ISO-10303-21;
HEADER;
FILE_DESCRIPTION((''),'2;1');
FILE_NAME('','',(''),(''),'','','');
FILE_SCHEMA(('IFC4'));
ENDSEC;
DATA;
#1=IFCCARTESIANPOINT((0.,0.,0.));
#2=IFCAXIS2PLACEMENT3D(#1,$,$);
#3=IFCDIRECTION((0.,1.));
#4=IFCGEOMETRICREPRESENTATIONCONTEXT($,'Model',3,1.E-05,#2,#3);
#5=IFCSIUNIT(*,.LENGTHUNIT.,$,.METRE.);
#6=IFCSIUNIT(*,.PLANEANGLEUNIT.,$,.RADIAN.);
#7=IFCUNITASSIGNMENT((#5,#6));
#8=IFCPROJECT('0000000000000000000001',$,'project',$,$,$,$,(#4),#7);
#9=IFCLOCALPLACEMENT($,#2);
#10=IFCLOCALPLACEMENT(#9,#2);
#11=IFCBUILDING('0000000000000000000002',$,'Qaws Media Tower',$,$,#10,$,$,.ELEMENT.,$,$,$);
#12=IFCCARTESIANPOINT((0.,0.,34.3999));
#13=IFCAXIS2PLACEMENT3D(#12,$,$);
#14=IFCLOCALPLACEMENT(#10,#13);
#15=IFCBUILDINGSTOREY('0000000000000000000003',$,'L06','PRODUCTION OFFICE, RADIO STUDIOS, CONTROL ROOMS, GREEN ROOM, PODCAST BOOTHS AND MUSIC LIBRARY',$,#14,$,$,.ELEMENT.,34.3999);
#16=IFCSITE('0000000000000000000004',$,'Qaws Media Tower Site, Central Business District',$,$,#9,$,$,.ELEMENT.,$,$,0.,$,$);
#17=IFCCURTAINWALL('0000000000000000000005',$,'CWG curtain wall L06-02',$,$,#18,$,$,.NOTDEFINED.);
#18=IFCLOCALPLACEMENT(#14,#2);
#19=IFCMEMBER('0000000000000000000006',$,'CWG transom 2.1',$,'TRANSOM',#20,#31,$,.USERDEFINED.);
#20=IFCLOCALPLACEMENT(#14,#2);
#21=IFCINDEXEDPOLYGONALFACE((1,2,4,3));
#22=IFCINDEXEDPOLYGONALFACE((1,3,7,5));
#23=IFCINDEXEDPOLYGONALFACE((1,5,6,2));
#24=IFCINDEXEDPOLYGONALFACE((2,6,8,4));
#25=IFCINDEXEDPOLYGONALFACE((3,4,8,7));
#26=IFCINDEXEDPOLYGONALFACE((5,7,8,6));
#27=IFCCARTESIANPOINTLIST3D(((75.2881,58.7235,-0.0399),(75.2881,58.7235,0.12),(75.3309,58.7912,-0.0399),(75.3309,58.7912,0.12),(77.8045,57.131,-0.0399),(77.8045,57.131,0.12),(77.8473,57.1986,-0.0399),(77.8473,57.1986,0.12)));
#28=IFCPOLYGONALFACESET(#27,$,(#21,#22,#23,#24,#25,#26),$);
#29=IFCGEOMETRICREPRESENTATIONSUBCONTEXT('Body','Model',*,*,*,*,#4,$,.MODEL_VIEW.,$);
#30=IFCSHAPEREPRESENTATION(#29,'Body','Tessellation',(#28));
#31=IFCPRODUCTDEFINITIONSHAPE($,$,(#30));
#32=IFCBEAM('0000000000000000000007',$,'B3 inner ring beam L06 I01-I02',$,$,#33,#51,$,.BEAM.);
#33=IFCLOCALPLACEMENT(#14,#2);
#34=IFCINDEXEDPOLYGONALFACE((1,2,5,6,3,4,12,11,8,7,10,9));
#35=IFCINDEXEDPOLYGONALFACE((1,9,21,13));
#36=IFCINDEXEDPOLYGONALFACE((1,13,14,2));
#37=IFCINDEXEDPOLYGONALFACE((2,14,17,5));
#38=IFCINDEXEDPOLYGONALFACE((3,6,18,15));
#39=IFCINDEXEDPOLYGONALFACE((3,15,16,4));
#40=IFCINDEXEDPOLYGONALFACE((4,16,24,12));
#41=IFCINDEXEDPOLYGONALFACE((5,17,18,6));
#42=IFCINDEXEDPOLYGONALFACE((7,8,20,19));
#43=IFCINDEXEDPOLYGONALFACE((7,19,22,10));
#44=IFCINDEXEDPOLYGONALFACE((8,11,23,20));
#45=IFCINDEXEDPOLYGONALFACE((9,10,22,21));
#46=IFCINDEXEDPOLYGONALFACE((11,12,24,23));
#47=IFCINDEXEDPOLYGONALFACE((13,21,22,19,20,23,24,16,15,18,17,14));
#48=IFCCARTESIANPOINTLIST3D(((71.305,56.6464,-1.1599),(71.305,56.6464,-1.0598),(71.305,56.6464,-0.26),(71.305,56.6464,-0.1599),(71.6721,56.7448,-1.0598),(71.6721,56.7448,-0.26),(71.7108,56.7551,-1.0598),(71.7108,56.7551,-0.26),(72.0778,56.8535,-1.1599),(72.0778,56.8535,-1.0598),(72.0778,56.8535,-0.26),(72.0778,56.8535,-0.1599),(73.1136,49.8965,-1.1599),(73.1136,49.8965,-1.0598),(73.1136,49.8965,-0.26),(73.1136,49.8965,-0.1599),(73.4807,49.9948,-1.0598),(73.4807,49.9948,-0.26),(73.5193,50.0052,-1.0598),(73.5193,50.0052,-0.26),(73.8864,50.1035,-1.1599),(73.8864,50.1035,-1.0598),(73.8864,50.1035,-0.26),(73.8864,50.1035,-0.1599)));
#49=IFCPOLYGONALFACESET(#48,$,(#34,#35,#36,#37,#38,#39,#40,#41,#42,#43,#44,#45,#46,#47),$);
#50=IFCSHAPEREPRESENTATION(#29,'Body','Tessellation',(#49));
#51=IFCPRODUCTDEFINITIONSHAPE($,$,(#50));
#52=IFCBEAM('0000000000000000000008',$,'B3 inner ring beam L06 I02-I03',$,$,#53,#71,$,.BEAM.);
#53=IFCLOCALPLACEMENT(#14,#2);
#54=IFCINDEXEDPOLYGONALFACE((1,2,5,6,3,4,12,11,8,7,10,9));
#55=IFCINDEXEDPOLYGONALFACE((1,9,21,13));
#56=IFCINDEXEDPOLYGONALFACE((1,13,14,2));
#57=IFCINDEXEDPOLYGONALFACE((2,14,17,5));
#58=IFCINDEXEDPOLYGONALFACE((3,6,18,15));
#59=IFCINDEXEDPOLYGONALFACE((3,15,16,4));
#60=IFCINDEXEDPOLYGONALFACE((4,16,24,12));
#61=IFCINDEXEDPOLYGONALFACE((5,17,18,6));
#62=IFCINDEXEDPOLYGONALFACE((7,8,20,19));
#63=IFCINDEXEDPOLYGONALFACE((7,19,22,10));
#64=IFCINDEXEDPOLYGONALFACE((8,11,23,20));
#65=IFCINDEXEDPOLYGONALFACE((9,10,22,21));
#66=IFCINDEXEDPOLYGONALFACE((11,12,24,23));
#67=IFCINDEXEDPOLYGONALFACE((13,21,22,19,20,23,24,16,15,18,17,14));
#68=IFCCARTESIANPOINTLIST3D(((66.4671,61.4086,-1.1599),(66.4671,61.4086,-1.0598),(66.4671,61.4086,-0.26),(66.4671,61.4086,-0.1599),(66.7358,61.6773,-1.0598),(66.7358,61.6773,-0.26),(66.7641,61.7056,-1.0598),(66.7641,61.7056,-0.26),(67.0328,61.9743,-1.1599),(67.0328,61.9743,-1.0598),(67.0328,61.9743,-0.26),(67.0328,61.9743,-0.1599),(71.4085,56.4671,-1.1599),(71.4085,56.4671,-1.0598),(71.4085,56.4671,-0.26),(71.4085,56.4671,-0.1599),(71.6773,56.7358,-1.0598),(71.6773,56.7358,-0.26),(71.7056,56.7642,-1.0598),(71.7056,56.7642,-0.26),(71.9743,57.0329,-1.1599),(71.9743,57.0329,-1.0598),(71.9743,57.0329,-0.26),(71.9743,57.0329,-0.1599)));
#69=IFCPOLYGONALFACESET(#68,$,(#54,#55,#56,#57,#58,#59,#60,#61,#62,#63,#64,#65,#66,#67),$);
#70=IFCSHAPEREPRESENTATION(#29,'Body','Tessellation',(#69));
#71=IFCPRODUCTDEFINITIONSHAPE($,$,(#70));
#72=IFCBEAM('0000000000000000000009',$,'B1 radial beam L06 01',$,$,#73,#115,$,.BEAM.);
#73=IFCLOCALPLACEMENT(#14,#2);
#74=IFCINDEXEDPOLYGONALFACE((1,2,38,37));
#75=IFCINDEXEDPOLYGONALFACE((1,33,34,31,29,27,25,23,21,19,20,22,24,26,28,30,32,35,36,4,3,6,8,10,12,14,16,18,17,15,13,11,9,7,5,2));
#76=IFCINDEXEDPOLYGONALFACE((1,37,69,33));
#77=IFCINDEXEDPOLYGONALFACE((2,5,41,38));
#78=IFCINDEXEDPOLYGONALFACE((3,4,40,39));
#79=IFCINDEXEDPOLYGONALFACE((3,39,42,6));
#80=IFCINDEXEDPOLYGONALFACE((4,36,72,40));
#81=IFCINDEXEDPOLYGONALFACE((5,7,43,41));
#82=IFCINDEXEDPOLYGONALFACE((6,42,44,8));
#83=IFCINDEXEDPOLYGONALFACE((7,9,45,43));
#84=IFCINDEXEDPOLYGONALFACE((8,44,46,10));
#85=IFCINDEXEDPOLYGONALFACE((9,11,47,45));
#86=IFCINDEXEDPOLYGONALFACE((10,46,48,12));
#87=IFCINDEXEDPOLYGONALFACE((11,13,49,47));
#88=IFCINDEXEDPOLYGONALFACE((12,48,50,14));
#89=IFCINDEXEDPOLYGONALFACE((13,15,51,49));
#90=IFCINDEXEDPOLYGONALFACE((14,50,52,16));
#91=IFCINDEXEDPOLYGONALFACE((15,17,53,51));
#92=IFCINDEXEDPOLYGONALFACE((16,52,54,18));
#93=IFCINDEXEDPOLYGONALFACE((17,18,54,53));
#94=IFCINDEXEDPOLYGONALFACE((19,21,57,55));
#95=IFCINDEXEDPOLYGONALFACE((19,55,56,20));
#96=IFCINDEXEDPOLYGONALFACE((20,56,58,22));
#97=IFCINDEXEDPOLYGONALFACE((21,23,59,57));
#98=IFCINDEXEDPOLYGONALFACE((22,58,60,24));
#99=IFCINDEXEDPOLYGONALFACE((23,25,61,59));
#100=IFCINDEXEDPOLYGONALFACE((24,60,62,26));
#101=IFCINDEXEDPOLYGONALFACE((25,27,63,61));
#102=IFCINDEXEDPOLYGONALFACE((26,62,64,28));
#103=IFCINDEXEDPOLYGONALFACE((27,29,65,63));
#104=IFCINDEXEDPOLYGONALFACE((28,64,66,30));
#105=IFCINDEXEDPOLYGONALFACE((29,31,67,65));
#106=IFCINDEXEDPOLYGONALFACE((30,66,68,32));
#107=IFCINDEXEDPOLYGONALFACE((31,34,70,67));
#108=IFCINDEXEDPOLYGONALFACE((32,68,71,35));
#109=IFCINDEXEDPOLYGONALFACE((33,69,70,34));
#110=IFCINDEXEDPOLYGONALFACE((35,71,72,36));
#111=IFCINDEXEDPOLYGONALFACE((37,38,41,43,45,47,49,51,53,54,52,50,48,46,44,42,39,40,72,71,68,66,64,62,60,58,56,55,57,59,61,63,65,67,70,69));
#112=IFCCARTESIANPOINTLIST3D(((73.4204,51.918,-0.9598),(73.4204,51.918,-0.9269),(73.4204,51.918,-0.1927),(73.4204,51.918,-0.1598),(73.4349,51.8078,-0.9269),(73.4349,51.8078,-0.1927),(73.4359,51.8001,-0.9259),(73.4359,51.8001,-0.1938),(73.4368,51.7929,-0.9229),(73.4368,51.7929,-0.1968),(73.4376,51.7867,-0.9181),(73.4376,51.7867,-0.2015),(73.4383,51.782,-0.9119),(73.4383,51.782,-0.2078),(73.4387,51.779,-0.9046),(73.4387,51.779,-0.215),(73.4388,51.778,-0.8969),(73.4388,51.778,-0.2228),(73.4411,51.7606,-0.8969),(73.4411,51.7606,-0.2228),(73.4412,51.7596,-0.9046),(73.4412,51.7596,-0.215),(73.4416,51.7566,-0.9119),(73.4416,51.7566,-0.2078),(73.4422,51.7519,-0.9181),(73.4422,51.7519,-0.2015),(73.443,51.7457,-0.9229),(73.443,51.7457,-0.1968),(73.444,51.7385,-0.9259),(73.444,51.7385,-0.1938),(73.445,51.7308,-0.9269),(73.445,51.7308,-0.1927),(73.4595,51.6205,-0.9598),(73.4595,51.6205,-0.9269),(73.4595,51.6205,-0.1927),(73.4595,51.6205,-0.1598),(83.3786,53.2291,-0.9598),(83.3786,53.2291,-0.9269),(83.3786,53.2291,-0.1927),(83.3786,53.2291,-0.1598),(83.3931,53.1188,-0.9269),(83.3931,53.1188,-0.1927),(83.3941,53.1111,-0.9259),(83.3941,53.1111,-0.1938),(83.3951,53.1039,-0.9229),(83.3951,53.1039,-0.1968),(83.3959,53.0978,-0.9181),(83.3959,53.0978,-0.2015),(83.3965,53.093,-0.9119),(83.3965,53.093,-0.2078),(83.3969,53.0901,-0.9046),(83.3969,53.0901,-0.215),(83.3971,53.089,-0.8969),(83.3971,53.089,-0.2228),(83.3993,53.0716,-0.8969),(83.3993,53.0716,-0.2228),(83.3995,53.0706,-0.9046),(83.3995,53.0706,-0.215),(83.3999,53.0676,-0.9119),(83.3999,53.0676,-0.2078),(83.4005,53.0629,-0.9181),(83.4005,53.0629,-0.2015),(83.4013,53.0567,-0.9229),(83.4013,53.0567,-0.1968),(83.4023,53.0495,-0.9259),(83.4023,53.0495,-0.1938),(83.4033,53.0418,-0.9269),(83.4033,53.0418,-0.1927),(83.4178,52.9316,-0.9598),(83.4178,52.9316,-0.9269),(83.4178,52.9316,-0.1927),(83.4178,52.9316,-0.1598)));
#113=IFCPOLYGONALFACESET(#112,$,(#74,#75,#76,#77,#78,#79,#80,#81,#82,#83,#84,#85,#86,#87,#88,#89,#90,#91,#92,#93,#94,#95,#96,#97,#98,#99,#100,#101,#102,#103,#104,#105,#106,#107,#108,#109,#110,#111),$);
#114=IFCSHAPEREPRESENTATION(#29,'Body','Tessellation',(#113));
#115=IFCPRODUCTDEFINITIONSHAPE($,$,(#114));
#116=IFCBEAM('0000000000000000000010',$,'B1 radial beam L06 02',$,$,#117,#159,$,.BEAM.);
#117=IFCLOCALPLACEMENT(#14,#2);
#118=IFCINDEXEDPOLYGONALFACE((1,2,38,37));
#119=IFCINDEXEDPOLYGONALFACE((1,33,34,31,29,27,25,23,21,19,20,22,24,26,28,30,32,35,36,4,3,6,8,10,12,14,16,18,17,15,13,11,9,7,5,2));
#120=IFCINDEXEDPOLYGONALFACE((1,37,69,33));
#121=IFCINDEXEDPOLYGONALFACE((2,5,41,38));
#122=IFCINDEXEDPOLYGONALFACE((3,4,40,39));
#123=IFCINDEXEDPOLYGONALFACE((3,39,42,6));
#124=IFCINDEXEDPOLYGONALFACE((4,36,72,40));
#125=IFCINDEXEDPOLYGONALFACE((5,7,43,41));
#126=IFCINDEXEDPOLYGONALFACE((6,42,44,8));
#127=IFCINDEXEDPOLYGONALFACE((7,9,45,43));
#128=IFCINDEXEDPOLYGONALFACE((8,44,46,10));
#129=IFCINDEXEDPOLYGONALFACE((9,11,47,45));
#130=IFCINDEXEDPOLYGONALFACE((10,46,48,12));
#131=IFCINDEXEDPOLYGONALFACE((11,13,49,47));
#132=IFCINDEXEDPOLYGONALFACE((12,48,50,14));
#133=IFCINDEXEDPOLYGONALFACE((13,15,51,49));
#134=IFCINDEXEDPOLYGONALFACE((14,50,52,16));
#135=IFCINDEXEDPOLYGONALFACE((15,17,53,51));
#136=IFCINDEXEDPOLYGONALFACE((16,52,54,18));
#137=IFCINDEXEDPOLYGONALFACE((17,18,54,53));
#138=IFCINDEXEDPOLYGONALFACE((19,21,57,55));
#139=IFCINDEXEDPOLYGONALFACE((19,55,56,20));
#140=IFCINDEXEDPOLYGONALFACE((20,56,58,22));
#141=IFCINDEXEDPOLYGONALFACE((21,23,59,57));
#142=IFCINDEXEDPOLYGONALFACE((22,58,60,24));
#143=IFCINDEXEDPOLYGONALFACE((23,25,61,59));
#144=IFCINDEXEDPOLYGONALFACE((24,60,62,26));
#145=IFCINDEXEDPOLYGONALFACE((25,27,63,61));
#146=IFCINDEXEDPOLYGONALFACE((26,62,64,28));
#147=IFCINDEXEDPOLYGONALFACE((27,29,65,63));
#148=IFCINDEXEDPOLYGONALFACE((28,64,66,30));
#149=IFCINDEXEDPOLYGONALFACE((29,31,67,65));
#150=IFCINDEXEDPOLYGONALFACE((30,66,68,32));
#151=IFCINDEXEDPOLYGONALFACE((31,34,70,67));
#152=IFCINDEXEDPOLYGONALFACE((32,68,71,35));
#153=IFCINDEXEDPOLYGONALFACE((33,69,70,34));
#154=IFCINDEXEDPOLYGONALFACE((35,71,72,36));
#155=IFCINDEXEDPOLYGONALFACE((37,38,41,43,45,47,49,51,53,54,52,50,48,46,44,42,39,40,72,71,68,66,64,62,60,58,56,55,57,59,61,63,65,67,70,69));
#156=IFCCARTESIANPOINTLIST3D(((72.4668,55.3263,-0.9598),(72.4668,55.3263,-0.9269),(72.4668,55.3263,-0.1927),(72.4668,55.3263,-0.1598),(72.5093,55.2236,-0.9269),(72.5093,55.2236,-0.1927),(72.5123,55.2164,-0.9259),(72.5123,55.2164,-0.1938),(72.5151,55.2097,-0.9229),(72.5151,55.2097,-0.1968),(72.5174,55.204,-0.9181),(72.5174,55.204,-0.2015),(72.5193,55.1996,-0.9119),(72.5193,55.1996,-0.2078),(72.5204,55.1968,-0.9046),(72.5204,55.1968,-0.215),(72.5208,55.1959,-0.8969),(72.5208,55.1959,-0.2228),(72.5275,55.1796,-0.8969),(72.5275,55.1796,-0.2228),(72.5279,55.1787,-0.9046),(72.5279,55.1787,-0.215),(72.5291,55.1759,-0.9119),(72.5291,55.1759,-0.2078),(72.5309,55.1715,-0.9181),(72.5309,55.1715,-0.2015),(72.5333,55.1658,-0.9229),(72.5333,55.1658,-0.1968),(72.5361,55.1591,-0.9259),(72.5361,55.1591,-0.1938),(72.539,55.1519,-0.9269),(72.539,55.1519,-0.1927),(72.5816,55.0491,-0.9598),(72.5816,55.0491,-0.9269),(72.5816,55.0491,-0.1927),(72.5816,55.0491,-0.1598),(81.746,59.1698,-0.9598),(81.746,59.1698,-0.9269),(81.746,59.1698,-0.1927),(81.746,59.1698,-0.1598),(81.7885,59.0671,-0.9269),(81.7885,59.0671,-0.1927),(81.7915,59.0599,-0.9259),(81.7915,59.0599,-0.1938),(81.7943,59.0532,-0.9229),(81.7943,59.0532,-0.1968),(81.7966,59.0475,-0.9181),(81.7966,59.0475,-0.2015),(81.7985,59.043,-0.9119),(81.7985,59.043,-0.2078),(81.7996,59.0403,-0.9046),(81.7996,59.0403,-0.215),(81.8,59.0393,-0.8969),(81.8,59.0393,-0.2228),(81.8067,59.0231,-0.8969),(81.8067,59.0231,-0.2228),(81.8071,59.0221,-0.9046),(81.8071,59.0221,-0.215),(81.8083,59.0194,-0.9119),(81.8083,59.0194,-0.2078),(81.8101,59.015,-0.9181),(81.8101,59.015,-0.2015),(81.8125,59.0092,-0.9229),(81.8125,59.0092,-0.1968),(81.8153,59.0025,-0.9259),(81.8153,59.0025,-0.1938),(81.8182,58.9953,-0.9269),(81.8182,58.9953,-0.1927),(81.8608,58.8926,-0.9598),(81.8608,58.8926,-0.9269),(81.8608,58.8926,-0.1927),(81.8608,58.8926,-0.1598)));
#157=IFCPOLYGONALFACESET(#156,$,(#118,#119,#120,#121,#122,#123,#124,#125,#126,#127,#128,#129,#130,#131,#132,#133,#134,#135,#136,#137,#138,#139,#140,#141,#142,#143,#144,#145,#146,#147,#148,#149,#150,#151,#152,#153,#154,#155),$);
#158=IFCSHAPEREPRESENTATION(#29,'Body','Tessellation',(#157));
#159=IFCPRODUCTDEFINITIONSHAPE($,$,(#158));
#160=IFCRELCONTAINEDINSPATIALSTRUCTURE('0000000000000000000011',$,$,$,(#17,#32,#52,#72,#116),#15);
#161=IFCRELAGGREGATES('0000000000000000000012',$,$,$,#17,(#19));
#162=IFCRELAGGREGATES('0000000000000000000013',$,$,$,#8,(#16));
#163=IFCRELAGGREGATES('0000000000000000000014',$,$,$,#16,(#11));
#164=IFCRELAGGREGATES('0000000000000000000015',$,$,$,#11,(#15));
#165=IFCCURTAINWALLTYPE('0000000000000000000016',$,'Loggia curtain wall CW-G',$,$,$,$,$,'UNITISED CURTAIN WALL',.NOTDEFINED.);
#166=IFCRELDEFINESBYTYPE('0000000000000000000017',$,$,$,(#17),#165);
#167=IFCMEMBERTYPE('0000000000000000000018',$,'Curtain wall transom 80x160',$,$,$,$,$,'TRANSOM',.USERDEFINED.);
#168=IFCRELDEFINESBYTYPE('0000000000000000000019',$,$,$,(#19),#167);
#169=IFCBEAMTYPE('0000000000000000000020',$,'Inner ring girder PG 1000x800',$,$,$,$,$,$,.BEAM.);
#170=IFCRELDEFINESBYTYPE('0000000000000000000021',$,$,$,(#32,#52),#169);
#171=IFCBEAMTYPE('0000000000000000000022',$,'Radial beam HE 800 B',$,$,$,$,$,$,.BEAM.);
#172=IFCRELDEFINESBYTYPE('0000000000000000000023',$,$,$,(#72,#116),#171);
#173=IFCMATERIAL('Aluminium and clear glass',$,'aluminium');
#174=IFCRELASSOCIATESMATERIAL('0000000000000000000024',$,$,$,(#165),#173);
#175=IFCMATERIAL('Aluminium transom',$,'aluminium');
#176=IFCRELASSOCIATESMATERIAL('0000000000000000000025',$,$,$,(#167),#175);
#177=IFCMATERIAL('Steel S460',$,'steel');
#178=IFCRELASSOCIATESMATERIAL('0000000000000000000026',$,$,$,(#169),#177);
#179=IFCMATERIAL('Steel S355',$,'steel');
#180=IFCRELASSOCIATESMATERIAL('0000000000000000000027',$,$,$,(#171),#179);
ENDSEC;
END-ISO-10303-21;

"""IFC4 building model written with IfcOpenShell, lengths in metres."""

from ifc_helpers import new_model, si_unit, direction, frame, origin, origin_2d, place, context, subcontext, project, spatial, rectangle, i_section, extrude, material, material_profile, profile_set, type_object, element, aggregate, save


model = new_model("IFC4")

# Units and contexts
model_context = context("Model", 3, precision=1e-05, world=origin(), true_north=direction((0.0, 1.0)))
body_context = subcontext(model_context, "Body", "Model", "MODEL_VIEW")
ifc_project = project(units=[si_unit("LENGTHUNIT", "METRE"), si_unit("PLANEANGLEUNIT", "RADIAN")], contexts=[model_context])

# Site, building, storey
site_placement = place(None, origin())
site = spatial("IfcSite", under=ifc_project, at=site_placement, Name="Qaws Media Tower Site, Central Business District", CompositionType="ELEMENT", RefElevation=0.0)
building_placement = place(site_placement, origin())
building = spatial("IfcBuilding", under=site, at=building_placement, Name="Qaws Media Tower", CompositionType="ELEMENT")
storey_placement = place(building_placement, frame((0.0, 0.0, 34.3999)))
storey = spatial("IfcBuildingStorey", under=building, at=storey_placement, Name="L06", Description="PRODUCTION OFFICE, RADIO STUDIOS, CONTROL ROOMS, GREEN ROOM, PODCAST BOOTHS AND MUSIC LIBRARY", CompositionType="ELEMENT", Elevation=34.3999)

# Curtain wall, member
ifc_material_1 = material(Name="Aluminium and clear glass", Category="aluminium")
curtain_wall_type = type_object("IfcCurtainWallType", Name="Loggia curtain wall CW-G", ElementType="UNITISED CURTAIN WALL", PredefinedType="NOTDEFINED", material=ifc_material_1)
curtain_wall_placement = place(storey_placement, origin())
curtain_wall = element("IfcCurtainWall", 1, at=curtain_wall_placement, inside=storey, type_object=curtain_wall_type, Name="CWG curtain wall L06-02", PredefinedType="NOTDEFINED")
ifc_material_2 = material(Name="Aluminium transom", Category="aluminium")
ifc_material_profile_1 = material_profile(ifc_material_2, rectangle(XDim=0.0801, YDim=0.1599, at=origin_2d()), Name="80x160")
ifc_profile_set_1 = profile_set([ifc_material_profile_1], Name="Aluminium transom")
member_type = type_object("IfcMemberType", Name="Curtain wall transom 80x160", ElementType="TRANSOM", PredefinedType="USERDEFINED", material=ifc_profile_set_1)
member_placement = place(storey_placement, frame((77.8259, 57.1648, 0.04), z_axis=(-0.844996, 0.534773, 0.0), x_axis=(-0.534773, -0.844996, 0.0)))
member = element("IfcMember", 2, at=member_placement, type_object=member_type, Name="CWG transom 2.1", ObjectType="TRANSOM", PredefinedType="USERDEFINED", context=body_context, shape_type="SweptSolid", body=[
    extrude(rectangle(XDim=0.0801, YDim=0.1599, at=origin_2d()), origin(), (0.0, 0.0, 1.0), 2.978),
])

# Beams
ifc_material_3 = material(Name="Steel S460", Category="steel")
ifc_material_profile_2 = material_profile(ifc_material_3, i_section(OverallWidth=0.8, OverallDepth=1.0, WebThickness=0.04, FlangeThickness=0.1001, at=origin_2d()), Name="PG 1000x800")
ifc_profile_set_2 = profile_set([ifc_material_profile_2], Name="Steel S460")
beam_type_1 = type_object("IfcBeamType", Name="Inner ring girder PG 1000x800", PredefinedType="BEAM", material=ifc_profile_set_2)
beam_1_placement = place(storey_placement, frame((73.5, 50.0, -0.6599), z_axis=(-0.258811, 0.965928, 0.0), x_axis=(-0.965928, -0.258811, 0.0)))
element("IfcBeam", 3, at=beam_1_placement, inside=storey, type_object=beam_type_1, Name="B3 inner ring beam L06 I01-I02", PredefinedType="BEAM", context=body_context, shape_type="SweptSolid", body=[
    extrude(i_section(OverallWidth=0.8, OverallDepth=1.0, WebThickness=0.04, FlangeThickness=0.1001, at=origin_2d()), origin(), (0.0, 0.0, 1.0), 6.988),
])
beam_2_placement = place(storey_placement, frame((71.6914, 56.75, -0.6599), z_axis=(-0.707107, 0.707107, 0.0), x_axis=(-0.707107, -0.707107, 0.0)))
element("IfcBeam", 4, at=beam_2_placement, inside=storey, type_object=beam_type_1, Name="B3 inner ring beam L06 I02-I03", PredefinedType="BEAM", context=body_context, shape_type="SweptSolid", body=[
    extrude(i_section(OverallWidth=0.8, OverallDepth=1.0, WebThickness=0.04, FlangeThickness=0.1001, at=origin_2d()), origin(), (0.0, 0.0, 1.0), 6.9883),
])
ifc_material_4 = material(Name="Steel S355", Category="steel")
ifc_material_profile_3 = material_profile(ifc_material_4, i_section(OverallWidth=0.3, OverallDepth=0.8, WebThickness=0.0176, FlangeThickness=0.033, FilletRadius=0.03, at=origin_2d()), Name="HE 800 B")
ifc_profile_set_3 = profile_set([ifc_material_profile_3], Name="Steel S355")
beam_type_2 = type_object("IfcBeamType", Name="Radial beam HE 800 B", PredefinedType="BEAM", material=ifc_profile_set_3)
beam_3_placement = place(storey_placement, frame((73.4399, 51.7693, -0.5598), z_axis=(0.991445, 0.130527, 0.0), x_axis=(-0.130527, 0.991445, 0.0)))
element("IfcBeam", 5, at=beam_3_placement, inside=storey, type_object=beam_type_2, Name="B1 radial beam L06 01", PredefinedType="BEAM", context=body_context, shape_type="SweptSolid", body=[
    extrude(i_section(OverallWidth=0.3, OverallDepth=0.8, WebThickness=0.0176, FlangeThickness=0.033, FilletRadius=0.03, at=origin_2d()), origin(), (0.0, 0.0, 1.0), 10.0442),
])
beam_4_placement = place(storey_placement, frame((72.5242, 55.1877, -0.5598), z_axis=(0.923883, 0.382675, 0.0), x_axis=(-0.382675, 0.923883, 0.0)))
element("IfcBeam", 6, at=beam_4_placement, inside=storey, type_object=beam_type_2, Name="B1 radial beam L06 02", PredefinedType="BEAM", context=body_context, shape_type="SweptSolid", body=[
    extrude(i_section(OverallWidth=0.3, OverallDepth=0.8, WebThickness=0.0176, FlangeThickness=0.033, FilletRadius=0.03, at=origin_2d()), origin(), (0.0, 0.0, 1.0), 10.0437),
])

aggregate(curtain_wall, [member])

save(model, "model.ifc")
